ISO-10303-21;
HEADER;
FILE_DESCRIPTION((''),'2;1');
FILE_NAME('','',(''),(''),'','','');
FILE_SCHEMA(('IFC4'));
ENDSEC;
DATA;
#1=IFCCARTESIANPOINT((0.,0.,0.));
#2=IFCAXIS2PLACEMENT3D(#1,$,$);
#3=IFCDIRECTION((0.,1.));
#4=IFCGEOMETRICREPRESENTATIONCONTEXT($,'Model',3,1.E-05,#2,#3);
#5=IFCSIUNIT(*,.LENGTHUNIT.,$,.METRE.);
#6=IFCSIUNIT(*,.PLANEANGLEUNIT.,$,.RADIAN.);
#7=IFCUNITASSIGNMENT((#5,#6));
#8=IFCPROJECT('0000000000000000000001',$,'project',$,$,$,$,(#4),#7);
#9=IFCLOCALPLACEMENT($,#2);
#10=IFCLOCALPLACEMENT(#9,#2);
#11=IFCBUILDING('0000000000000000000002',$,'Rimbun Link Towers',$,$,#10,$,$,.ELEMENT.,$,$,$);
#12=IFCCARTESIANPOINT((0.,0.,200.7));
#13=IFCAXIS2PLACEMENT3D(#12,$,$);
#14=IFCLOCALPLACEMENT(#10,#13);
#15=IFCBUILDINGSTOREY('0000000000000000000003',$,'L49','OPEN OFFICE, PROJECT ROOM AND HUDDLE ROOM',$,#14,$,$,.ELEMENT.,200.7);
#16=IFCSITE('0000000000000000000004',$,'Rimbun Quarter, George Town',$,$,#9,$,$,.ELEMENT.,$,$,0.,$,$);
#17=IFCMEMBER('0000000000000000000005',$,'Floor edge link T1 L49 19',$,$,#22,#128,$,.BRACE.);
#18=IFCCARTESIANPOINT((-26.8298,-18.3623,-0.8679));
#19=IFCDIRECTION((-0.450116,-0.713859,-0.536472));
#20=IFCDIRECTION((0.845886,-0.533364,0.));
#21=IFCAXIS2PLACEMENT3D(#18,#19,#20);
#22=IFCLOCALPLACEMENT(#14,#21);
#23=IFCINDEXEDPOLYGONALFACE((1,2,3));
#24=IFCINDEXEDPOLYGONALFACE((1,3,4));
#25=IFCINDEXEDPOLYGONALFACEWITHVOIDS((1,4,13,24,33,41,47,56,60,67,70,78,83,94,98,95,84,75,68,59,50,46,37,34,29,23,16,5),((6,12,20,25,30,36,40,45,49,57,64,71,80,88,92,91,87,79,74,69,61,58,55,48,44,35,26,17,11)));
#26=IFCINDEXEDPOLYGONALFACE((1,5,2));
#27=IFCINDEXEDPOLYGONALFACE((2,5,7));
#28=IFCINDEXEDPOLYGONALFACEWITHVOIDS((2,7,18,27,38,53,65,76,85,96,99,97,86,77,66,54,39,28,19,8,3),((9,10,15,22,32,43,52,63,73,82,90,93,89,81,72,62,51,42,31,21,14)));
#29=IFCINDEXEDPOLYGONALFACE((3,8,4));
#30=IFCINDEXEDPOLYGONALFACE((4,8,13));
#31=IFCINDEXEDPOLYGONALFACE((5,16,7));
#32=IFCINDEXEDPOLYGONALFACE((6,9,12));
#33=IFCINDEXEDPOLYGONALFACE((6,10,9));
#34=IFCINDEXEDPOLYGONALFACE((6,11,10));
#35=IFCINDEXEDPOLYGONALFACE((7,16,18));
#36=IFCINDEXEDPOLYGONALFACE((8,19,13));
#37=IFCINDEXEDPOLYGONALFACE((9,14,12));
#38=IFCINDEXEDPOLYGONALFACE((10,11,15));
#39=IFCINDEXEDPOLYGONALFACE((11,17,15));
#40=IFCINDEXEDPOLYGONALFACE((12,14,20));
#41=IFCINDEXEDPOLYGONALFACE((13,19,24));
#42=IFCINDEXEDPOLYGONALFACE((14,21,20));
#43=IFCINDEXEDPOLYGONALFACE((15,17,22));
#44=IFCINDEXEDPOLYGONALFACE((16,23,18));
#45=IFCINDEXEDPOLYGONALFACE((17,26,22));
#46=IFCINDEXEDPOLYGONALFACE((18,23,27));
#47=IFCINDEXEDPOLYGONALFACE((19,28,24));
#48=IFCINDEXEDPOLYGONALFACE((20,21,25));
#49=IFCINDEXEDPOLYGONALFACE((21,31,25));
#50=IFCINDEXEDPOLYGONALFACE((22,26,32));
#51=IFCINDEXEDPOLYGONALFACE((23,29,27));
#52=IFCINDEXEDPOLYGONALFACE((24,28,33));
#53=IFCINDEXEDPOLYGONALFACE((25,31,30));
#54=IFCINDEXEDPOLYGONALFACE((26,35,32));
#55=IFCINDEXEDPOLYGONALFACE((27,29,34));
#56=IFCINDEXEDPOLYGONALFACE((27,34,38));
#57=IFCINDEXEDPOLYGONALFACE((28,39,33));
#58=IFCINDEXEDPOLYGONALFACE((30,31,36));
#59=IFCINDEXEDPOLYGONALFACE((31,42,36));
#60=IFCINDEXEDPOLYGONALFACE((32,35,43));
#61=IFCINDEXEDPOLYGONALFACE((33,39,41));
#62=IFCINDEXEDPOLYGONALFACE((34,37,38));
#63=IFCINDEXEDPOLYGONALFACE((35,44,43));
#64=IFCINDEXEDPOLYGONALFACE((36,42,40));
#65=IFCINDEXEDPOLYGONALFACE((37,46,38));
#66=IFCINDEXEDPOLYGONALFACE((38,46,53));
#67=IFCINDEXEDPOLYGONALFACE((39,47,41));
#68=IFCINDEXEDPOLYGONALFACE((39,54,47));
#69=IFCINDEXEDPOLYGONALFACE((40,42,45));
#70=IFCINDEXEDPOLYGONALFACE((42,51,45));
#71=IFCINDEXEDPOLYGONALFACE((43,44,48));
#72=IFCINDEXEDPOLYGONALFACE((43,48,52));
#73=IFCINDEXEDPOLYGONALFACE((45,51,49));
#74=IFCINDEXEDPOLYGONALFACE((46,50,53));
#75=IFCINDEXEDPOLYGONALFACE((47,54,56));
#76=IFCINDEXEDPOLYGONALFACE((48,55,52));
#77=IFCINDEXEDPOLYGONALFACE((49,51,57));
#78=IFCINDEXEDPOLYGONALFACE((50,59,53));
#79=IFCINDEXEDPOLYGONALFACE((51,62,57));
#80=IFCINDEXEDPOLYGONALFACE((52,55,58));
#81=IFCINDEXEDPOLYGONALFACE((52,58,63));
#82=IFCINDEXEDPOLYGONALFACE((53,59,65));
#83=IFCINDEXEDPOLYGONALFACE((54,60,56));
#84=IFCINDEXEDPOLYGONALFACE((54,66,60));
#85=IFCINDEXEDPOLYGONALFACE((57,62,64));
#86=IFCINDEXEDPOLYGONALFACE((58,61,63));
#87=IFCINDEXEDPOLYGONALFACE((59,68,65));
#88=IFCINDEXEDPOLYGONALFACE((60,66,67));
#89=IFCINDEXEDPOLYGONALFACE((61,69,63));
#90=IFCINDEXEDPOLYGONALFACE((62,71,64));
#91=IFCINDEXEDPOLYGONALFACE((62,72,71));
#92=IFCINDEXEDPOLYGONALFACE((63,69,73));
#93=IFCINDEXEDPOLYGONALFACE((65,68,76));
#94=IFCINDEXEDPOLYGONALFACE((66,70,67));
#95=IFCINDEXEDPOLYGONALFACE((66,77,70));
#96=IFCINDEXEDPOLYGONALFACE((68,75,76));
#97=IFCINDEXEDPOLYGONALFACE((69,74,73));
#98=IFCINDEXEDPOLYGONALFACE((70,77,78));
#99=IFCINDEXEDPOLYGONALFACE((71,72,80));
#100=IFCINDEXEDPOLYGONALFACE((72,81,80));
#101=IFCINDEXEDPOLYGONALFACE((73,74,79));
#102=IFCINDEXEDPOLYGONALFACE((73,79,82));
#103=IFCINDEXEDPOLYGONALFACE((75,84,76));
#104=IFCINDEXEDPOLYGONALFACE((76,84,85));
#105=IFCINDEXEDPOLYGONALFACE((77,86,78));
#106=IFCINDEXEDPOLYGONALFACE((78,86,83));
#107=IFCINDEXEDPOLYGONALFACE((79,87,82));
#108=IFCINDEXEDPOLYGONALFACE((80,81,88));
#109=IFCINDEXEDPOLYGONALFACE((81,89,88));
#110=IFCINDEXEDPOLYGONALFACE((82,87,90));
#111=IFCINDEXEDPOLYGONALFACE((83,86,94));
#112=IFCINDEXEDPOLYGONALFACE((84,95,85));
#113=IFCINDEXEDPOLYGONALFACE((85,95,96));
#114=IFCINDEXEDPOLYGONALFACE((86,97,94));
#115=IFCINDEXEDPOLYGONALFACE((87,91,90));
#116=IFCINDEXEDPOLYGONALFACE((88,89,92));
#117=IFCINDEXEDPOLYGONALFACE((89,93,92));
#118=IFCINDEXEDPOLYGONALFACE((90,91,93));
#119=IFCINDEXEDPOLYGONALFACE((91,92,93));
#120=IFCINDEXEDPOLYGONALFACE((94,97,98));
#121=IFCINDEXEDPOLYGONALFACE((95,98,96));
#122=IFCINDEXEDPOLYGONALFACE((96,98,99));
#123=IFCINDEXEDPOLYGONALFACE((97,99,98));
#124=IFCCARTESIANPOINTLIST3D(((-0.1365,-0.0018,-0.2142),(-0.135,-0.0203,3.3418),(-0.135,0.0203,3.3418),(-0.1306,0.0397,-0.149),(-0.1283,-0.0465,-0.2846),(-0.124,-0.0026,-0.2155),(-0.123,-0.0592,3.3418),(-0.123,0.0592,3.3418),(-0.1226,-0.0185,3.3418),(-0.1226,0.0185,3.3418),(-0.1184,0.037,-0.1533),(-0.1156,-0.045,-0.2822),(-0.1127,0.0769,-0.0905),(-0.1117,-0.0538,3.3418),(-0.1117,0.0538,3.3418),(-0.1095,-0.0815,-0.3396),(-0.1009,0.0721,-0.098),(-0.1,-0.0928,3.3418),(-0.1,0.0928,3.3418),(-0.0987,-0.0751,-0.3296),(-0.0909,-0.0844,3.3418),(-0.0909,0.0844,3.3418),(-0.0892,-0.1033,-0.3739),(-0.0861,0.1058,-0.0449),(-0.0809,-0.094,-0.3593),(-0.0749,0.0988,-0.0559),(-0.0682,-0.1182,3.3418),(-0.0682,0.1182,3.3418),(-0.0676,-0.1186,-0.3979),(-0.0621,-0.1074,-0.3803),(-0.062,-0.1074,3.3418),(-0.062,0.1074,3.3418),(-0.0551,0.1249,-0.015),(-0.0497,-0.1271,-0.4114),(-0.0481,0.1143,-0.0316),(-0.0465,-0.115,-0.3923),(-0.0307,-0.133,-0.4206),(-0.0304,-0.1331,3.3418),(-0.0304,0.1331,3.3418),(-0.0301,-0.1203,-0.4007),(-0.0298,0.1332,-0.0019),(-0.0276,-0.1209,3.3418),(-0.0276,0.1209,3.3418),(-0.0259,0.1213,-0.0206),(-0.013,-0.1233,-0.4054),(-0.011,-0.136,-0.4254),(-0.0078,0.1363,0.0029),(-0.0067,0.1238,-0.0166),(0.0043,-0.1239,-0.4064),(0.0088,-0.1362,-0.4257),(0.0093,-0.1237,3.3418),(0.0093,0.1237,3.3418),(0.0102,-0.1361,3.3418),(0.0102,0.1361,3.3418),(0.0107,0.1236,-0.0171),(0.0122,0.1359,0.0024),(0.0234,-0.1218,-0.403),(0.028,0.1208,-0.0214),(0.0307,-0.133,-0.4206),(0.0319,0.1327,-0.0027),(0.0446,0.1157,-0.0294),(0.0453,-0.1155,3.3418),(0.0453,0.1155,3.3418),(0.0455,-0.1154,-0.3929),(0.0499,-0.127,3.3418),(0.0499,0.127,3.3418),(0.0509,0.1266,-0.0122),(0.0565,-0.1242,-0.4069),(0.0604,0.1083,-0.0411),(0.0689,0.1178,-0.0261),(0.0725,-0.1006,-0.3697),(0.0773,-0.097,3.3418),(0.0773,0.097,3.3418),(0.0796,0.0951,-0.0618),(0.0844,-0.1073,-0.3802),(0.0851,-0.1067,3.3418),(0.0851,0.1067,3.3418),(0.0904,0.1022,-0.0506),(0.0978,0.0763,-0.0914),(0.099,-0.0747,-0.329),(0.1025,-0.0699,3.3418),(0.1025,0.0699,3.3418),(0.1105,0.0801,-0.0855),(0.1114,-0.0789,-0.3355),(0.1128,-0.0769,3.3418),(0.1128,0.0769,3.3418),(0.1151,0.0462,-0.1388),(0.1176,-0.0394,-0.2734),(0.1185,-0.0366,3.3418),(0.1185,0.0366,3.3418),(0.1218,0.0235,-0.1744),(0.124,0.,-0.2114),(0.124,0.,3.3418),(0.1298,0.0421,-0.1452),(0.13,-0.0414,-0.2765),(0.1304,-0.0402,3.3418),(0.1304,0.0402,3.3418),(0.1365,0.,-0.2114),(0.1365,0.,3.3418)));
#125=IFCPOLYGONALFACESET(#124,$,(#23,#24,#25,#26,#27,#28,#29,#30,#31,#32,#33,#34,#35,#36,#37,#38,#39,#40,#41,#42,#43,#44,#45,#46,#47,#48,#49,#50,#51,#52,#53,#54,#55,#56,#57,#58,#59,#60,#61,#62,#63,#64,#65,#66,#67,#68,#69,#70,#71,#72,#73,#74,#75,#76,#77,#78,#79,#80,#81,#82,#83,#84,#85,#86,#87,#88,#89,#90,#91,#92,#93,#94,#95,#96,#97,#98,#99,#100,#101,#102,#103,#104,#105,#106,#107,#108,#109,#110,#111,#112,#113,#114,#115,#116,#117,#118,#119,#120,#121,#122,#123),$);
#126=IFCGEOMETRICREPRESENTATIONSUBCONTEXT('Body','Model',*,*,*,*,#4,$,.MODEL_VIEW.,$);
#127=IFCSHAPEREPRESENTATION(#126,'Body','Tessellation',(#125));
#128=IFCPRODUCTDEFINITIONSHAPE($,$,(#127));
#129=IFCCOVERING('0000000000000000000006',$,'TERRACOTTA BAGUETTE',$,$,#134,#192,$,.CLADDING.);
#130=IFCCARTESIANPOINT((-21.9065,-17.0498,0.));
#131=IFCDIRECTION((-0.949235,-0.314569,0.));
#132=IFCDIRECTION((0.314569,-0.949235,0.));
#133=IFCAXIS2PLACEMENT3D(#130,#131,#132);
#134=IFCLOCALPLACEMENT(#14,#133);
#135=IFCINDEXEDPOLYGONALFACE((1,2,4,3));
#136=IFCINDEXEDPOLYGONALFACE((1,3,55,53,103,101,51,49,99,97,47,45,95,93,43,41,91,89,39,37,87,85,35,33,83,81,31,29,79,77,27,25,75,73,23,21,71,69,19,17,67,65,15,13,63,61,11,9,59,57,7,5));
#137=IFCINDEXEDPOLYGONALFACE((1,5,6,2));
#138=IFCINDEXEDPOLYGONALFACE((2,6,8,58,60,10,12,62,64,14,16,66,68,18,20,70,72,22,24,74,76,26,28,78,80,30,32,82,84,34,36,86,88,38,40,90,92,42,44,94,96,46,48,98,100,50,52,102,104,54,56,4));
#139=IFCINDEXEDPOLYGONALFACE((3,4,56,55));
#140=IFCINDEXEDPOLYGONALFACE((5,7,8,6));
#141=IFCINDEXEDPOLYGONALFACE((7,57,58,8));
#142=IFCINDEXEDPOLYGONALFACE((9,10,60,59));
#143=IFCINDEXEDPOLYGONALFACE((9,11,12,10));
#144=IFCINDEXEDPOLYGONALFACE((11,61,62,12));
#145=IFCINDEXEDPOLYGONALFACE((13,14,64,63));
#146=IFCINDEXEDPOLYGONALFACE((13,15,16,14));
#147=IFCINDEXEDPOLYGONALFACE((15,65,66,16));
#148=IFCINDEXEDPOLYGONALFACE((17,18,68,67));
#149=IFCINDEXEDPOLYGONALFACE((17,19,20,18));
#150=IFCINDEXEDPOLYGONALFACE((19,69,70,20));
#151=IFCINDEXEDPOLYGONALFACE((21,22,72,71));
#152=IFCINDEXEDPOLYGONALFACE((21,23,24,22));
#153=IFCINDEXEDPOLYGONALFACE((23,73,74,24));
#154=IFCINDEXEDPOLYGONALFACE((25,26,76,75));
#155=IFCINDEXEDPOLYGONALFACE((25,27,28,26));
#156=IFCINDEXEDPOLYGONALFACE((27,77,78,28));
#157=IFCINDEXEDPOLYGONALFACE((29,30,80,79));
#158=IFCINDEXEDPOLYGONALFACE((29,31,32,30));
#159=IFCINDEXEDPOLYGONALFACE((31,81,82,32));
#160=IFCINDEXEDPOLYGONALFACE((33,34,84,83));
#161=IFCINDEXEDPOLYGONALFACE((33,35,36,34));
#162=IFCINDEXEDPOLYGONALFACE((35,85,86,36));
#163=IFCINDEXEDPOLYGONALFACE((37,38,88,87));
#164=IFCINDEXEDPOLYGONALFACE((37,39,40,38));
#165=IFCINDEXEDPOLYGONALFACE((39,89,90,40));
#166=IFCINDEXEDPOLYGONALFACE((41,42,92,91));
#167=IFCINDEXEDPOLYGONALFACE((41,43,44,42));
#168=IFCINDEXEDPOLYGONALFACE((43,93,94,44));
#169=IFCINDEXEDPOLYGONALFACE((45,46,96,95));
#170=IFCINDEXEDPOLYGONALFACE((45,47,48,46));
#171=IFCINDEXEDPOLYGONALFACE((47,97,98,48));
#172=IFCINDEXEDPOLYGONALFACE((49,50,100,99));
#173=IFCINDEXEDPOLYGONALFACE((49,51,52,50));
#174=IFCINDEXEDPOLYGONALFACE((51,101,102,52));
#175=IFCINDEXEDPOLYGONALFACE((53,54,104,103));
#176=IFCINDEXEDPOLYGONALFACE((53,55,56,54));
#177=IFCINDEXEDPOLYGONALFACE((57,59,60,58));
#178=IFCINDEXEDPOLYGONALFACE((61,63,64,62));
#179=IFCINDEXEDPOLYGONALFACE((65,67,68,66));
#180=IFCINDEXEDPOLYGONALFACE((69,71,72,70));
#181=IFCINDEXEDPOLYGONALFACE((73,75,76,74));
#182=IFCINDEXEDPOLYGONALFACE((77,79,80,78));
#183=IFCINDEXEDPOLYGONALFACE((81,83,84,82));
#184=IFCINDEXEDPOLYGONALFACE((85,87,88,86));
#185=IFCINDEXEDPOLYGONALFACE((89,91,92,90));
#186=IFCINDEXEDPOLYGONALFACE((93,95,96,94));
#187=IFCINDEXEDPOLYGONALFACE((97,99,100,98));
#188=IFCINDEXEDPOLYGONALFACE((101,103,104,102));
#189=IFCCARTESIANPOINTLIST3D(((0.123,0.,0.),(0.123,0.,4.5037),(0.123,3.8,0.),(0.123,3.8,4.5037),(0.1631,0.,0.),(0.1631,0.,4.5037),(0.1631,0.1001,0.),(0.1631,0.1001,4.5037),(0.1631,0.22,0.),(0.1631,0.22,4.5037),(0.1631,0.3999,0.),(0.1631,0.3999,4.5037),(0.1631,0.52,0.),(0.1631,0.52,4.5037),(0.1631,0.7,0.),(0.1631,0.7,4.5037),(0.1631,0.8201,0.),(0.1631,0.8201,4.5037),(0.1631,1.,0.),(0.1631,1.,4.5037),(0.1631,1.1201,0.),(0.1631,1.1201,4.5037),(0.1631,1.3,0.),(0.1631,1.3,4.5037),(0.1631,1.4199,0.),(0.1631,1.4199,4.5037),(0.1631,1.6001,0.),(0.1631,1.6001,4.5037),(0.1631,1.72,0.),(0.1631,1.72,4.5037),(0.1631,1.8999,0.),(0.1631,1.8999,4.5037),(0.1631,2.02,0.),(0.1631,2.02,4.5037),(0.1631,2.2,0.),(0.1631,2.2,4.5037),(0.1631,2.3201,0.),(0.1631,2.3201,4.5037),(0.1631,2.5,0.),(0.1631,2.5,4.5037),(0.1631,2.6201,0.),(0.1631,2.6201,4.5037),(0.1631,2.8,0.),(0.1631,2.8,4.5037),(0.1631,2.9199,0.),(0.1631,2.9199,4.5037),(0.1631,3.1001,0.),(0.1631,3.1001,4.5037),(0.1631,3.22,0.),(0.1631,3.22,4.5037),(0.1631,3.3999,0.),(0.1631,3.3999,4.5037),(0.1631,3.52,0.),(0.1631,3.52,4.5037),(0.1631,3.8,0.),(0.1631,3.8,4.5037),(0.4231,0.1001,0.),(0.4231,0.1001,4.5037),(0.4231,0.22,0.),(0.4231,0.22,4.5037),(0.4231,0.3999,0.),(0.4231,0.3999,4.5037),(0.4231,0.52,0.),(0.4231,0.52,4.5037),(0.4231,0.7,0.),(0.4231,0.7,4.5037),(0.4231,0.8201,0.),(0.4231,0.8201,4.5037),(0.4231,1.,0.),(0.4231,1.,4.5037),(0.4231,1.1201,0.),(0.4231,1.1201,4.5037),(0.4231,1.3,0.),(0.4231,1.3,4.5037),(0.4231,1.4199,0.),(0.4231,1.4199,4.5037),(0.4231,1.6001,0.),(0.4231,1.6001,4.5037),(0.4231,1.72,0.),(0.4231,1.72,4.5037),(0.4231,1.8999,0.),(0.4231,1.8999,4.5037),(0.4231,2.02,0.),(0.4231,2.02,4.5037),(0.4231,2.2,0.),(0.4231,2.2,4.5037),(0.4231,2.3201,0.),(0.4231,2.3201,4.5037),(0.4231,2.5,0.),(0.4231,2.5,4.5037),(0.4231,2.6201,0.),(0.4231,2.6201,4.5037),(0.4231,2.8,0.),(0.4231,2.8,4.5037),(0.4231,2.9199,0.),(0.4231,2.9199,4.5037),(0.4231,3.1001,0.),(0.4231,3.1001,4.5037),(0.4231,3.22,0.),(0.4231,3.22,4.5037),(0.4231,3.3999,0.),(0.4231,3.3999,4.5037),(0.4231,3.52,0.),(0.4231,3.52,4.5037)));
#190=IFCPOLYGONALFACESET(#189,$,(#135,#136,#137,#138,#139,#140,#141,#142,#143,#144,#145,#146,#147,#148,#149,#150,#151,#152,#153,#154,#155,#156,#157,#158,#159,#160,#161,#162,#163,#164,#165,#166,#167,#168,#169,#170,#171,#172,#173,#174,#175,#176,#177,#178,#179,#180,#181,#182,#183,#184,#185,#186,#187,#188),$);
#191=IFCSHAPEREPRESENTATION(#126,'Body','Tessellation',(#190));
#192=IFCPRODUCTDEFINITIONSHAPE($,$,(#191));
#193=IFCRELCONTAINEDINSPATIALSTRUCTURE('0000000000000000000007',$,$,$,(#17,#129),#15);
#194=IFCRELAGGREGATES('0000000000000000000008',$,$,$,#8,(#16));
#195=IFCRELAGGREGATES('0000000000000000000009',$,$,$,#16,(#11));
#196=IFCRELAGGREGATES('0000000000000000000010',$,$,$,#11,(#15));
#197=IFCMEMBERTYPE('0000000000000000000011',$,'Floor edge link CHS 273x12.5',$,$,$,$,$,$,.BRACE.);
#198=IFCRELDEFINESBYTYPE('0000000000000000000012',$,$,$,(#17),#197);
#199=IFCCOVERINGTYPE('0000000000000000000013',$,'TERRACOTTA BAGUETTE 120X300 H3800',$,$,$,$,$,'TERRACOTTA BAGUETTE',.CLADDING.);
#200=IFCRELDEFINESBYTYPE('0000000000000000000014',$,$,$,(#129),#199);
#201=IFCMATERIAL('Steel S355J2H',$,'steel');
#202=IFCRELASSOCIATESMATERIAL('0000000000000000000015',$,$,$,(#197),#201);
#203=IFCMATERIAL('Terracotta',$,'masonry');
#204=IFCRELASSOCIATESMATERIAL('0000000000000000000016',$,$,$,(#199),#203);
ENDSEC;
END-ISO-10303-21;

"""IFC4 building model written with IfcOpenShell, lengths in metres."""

from ifc_helpers import new_model, si_unit, direction, frame, origin, origin_2d, place, context, subcontext, project, spatial, polyline, hollow_circle, outline, extrude, clip, halfspace, material, material_profile, profile_set, type_object, element, save


model = new_model("IFC4")

# Units and contexts
model_context = context("Model", 3, precision=1e-05, world=origin(), true_north=direction((0.0, 1.0)))
body_context = subcontext(model_context, "Body", "Model", "MODEL_VIEW")
ifc_project = project(units=[si_unit("LENGTHUNIT", "METRE"), si_unit("PLANEANGLEUNIT", "RADIAN")], contexts=[model_context])

# Site, building, storey
site_placement = place(None, origin())
site = spatial("IfcSite", under=ifc_project, at=site_placement, Name="Rimbun Quarter, George Town", CompositionType="ELEMENT", RefElevation=0.0)
building_placement = place(site_placement, origin())
building = spatial("IfcBuilding", under=site, at=building_placement, Name="Rimbun Link Towers", CompositionType="ELEMENT")
storey_placement = place(building_placement, frame((0.0, 0.0, 200.7)))
storey = spatial("IfcBuildingStorey", under=building, at=storey_placement, Name="L49", Description="OPEN OFFICE, PROJECT ROOM AND HUDDLE ROOM", CompositionType="ELEMENT", Elevation=200.7)

# Member
ifc_material_1 = material(Name="Steel S355J2H", Category="steel")
ifc_material_profile_1 = material_profile(ifc_material_1, hollow_circle(Radius=0.1365, WallThickness=0.0125, at=origin_2d()), Name="CHS 273x12.5")
ifc_profile_set_1 = profile_set([ifc_material_profile_1], Name="Steel S355J2H")
member_type_1 = type_object("IfcMemberType", Name="Floor edge link CHS 273x12.5", PredefinedType="BRACE", material=ifc_profile_set_1)
member_1_placement = place(storey_placement, frame((-26.8298, -18.3623, -0.8679), z_axis=(-0.450116, -0.713859, -0.536472), x_axis=(0.845886, -0.533364, 0.0)))
element("IfcMember", 1, at=member_1_placement, inside=storey, type_object=member_type_1, Name="Floor edge link T1 L49 19", PredefinedType="BRACE", context=body_context, shape_type="Clipping", body=[
    clip(extrude(hollow_circle(Radius=0.1365, WallThickness=0.0125, at=origin_2d()), frame((0.0, 0.0, -0.448)), (0.0, 0.0, 1.0), 3.7898), halfspace(frame((0.0, 0.0, -0.2114), z_axis=(0.0, 0.843918, -0.536472)), False)),
])

# Covering
ifc_material_2 = material(Name="Terracotta", Category="masonry")
ifc_material_profile_2 = material_profile(ifc_material_2, outline(polyline([(0.123, 0.0), (0.1631, 0.0), (0.1631, 0.1001), (0.4231, 0.1001), (0.4231, 0.22), (0.1631, 0.22), (0.1631, 0.3999), (0.4231, 0.3999), (0.4231, 0.52), (0.1631, 0.52), (0.1631, 0.7), (0.4231, 0.7), (0.4231, 0.8201), (0.1631, 0.8201), (0.1631, 1.0), (0.4231, 1.0), (0.4231, 1.1201), (0.1631, 1.1201), (0.1631, 1.3), (0.4231, 1.3), (0.4231, 1.4199), (0.1631, 1.4199), (0.1631, 1.6001), (0.4231, 1.6001), (0.4231, 1.72), (0.1631, 1.72), (0.1631, 1.8999), (0.4231, 1.8999), (0.4231, 2.02), (0.1631, 2.02), (0.1631, 2.2), (0.4231, 2.2), (0.4231, 2.3201), (0.1631, 2.3201), (0.1631, 2.5), (0.4231, 2.5), (0.4231, 2.6201), (0.1631, 2.6201), (0.1631, 2.8), (0.4231, 2.8), (0.4231, 2.9199), (0.1631, 2.9199), (0.1631, 3.1001), (0.4231, 3.1001), (0.4231, 3.22), (0.1631, 3.22), (0.1631, 3.3999), (0.4231, 3.3999), (0.4231, 3.52), (0.1631, 3.52), (0.1631, 3.8), (0.123, 3.8), (0.123, 0.0)])), Name="BAGUETTE 120X300")
ifc_profile_set_2 = profile_set([ifc_material_profile_2], Name="Terracotta")
covering_type = type_object("IfcCoveringType", Name="TERRACOTTA BAGUETTE 120X300 H3800", ElementType="TERRACOTTA BAGUETTE", PredefinedType="CLADDING", material=ifc_profile_set_2)
covering_placement = place(storey_placement, frame((-21.9065, -17.0498, 0.0), z_axis=(-0.949235, -0.314569, 0.0), x_axis=(0.314569, -0.949235, 0.0)))
element("IfcCovering", 2, at=covering_placement, inside=storey, type_object=covering_type, Name="TERRACOTTA BAGUETTE", PredefinedType="CLADDING", context=body_context, shape_type="SweptSolid", body=[
    extrude(outline(polyline([(0.123, 0.0), (0.1631, 0.0), (0.1631, 0.1001), (0.4231, 0.1001), (0.4231, 0.22), (0.1631, 0.22), (0.1631, 0.3999), (0.4231, 0.3999), (0.4231, 0.52), (0.1631, 0.52), (0.1631, 0.7), (0.4231, 0.7), (0.4231, 0.8201), (0.1631, 0.8201), (0.1631, 1.0), (0.4231, 1.0), (0.4231, 1.1201), (0.1631, 1.1201), (0.1631, 1.3), (0.4231, 1.3), (0.4231, 1.4199), (0.1631, 1.4199), (0.1631, 1.6001), (0.4231, 1.6001), (0.4231, 1.72), (0.1631, 1.72), (0.1631, 1.8999), (0.4231, 1.8999), (0.4231, 2.02), (0.1631, 2.02), (0.1631, 2.2), (0.4231, 2.2), (0.4231, 2.3201), (0.1631, 2.3201), (0.1631, 2.5), (0.4231, 2.5), (0.4231, 2.6201), (0.1631, 2.6201), (0.1631, 2.8), (0.4231, 2.8), (0.4231, 2.9199), (0.1631, 2.9199), (0.1631, 3.1001), (0.4231, 3.1001), (0.4231, 3.22), (0.1631, 3.22), (0.1631, 3.3999), (0.4231, 3.3999), (0.4231, 3.52), (0.1631, 3.52), (0.1631, 3.8), (0.123, 3.8), (0.123, 0.0)])), origin(), (0.0, 0.0, 1.0), 4.5037),
])

save(model, "model.ifc")
